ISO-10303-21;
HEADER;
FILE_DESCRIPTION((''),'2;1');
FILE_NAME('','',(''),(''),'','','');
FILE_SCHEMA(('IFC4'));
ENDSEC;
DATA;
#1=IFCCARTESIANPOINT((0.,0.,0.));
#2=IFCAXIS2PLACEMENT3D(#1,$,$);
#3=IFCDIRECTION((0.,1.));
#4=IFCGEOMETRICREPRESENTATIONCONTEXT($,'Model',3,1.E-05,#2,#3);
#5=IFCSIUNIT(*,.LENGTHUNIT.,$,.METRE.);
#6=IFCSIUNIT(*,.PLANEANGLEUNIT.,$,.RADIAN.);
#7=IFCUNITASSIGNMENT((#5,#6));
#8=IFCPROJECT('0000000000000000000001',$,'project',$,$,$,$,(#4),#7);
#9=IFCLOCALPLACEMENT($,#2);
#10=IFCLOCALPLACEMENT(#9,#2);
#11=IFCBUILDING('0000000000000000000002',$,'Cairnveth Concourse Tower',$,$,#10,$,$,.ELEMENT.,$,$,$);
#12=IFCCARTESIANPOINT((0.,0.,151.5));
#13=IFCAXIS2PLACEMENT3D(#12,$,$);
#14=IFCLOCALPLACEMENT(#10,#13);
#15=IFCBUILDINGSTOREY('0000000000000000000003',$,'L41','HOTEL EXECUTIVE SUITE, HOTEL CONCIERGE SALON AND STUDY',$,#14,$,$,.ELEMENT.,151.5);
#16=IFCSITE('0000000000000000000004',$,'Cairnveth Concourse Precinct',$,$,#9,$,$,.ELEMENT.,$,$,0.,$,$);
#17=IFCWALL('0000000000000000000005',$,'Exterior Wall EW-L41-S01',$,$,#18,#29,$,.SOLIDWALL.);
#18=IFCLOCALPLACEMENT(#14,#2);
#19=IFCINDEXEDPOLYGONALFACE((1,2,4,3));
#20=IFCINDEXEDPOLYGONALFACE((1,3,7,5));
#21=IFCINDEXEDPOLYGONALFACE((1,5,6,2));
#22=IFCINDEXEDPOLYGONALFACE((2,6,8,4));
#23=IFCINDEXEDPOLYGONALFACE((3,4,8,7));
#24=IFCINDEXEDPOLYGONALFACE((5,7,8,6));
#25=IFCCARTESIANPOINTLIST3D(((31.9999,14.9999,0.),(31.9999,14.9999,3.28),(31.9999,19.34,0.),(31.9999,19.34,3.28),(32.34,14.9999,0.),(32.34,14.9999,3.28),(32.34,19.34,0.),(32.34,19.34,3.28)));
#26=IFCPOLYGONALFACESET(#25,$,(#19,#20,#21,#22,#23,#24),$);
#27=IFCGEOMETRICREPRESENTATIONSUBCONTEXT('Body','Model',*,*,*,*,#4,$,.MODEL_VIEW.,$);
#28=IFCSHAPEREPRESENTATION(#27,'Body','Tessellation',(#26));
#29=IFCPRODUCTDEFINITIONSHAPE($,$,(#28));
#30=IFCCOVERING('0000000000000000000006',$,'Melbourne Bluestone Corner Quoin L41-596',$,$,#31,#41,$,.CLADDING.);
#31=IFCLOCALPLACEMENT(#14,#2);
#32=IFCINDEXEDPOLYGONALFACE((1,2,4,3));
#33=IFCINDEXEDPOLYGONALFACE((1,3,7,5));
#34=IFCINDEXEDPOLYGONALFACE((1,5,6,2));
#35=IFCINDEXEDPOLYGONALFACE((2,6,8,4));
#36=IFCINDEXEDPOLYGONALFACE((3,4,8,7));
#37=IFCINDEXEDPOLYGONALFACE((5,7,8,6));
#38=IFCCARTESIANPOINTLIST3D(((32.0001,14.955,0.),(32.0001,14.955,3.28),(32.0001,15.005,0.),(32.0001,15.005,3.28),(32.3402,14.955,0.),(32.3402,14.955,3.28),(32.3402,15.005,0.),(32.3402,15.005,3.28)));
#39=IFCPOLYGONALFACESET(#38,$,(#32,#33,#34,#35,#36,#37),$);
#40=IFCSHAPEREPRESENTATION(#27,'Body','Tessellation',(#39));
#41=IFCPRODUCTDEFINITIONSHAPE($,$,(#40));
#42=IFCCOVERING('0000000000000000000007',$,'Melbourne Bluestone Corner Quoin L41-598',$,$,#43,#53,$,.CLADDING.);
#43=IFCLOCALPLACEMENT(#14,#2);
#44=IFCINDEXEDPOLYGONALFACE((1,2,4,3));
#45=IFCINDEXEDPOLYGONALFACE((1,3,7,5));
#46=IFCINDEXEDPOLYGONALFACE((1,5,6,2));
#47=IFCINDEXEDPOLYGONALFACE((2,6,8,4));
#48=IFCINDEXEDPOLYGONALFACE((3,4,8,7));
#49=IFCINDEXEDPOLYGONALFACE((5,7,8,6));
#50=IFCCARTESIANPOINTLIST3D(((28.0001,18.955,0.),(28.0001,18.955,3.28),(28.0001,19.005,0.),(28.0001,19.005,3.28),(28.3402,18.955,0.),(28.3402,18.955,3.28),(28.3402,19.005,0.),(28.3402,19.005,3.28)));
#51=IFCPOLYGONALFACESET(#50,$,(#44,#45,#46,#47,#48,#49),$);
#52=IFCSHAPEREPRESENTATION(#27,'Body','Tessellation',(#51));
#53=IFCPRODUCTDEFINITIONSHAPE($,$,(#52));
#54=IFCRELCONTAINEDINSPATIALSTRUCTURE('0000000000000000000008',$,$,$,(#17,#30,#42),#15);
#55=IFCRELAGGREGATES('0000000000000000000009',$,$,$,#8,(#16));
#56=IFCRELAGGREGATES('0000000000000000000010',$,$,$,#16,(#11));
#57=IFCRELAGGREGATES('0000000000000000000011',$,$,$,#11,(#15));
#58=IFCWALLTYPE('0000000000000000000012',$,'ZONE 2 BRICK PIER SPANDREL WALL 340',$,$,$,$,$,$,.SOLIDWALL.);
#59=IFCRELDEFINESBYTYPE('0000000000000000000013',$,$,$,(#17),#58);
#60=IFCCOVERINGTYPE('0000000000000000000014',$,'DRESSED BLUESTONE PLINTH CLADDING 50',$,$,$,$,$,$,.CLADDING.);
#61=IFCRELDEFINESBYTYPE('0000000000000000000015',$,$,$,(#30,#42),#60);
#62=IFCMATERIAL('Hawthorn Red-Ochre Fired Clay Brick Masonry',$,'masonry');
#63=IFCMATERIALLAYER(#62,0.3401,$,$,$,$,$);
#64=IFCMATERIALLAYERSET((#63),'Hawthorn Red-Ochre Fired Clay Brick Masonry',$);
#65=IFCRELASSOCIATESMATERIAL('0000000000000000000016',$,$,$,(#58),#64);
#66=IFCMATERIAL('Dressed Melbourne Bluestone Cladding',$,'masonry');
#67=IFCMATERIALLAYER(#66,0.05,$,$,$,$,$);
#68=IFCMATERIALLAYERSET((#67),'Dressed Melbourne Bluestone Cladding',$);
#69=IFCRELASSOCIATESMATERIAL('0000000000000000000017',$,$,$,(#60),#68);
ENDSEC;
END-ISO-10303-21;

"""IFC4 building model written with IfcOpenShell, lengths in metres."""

from ifc_helpers import new_model, si_unit, direction, frame, frame_2d, origin, place, context, subcontext, project, spatial, rectangle, extrude, material, layer, layer_set, type_object, element, save


model = new_model("IFC4")

# Units and contexts
model_context = context("Model", 3, precision=1e-05, world=origin(), true_north=direction((0.0, 1.0)))
body_context = subcontext(model_context, "Body", "Model", "MODEL_VIEW")
ifc_project = project(units=[si_unit("LENGTHUNIT", "METRE"), si_unit("PLANEANGLEUNIT", "RADIAN")], contexts=[model_context])

# Site, building, storey
site_placement = place(None, origin())
site = spatial("IfcSite", under=ifc_project, at=site_placement, Name="Cairnveth Concourse Precinct", CompositionType="ELEMENT", RefElevation=0.0)
building_placement = place(site_placement, origin())
building = spatial("IfcBuilding", under=site, at=building_placement, Name="Cairnveth Concourse Tower", CompositionType="ELEMENT")
storey_placement = place(building_placement, frame((0.0, 0.0, 151.5)))
storey = spatial("IfcBuildingStorey", under=building, at=storey_placement, Name="L41", Description="HOTEL EXECUTIVE SUITE, HOTEL CONCIERGE SALON AND STUDY", CompositionType="ELEMENT", Elevation=151.5)

# Wall
ifc_material_1 = material(Name="Hawthorn Red-Ochre Fired Clay Brick Masonry", Category="masonry")
ifc_layer_1 = layer(ifc_material_1, 0.3401)
ifc_layer_set_1 = layer_set([ifc_layer_1], Name="Hawthorn Red-Ochre Fired Clay Brick Masonry")
wall_type = type_object("IfcWallType", Name="ZONE 2 BRICK PIER SPANDREL WALL 340", PredefinedType="SOLIDWALL", material=ifc_layer_set_1)
wall_1_placement = place(storey_placement, frame((32.1699, 15.0, 0.0), z_axis=(0.0, 0.0, 1.0), x_axis=(0.0, 1.0, 0.0)))
element("IfcWall", 1, at=wall_1_placement, inside=storey, type_object=wall_type, Name="Exterior Wall EW-L41-S01", PredefinedType="SOLIDWALL", context=body_context, shape_type="SweptSolid", body=[
    extrude(rectangle(XDim=4.3401, YDim=0.3401, at=frame_2d((2.1699, 0.0))), origin(), (0.0, 0.0, 1.0), 3.28),
])

# Coverings
ifc_material_2 = material(Name="Dressed Melbourne Bluestone Cladding", Category="masonry")
ifc_layer_2 = layer(ifc_material_2, 0.05)
ifc_layer_set_2 = layer_set([ifc_layer_2], Name="Dressed Melbourne Bluestone Cladding")
covering_type = type_object("IfcCoveringType", Name="DRESSED BLUESTONE PLINTH CLADDING 50", PredefinedType="CLADDING", material=ifc_layer_set_2)
for number, where, z_axis, x_axis, name in (
    (2, (32.3401, 14.98, 0.0), (0.0, 0.0, 1.0), (-1.0, 0.0, 0.0), "Melbourne Bluestone Corner Quoin L41-596"),
    (3, (28.3401, 18.98, 0.0), (0.0, 0.0, 1.0), (-1.0, 0.0, 0.0), "Melbourne Bluestone Corner Quoin L41-598"),
):
    element("IfcCovering", number, at=place(storey_placement, frame(where, z_axis=z_axis, x_axis=x_axis)), inside=storey, type_object=covering_type, Name=name, PredefinedType="CLADDING", context=body_context, shape_type="SweptSolid", body=[
        extrude(rectangle(XDim=0.3401, YDim=0.05, at=frame_2d((0.1699, 0.0))), origin(), (0.0, 0.0, 1.0), 3.28),
    ])

save(model, "model.ifc")
